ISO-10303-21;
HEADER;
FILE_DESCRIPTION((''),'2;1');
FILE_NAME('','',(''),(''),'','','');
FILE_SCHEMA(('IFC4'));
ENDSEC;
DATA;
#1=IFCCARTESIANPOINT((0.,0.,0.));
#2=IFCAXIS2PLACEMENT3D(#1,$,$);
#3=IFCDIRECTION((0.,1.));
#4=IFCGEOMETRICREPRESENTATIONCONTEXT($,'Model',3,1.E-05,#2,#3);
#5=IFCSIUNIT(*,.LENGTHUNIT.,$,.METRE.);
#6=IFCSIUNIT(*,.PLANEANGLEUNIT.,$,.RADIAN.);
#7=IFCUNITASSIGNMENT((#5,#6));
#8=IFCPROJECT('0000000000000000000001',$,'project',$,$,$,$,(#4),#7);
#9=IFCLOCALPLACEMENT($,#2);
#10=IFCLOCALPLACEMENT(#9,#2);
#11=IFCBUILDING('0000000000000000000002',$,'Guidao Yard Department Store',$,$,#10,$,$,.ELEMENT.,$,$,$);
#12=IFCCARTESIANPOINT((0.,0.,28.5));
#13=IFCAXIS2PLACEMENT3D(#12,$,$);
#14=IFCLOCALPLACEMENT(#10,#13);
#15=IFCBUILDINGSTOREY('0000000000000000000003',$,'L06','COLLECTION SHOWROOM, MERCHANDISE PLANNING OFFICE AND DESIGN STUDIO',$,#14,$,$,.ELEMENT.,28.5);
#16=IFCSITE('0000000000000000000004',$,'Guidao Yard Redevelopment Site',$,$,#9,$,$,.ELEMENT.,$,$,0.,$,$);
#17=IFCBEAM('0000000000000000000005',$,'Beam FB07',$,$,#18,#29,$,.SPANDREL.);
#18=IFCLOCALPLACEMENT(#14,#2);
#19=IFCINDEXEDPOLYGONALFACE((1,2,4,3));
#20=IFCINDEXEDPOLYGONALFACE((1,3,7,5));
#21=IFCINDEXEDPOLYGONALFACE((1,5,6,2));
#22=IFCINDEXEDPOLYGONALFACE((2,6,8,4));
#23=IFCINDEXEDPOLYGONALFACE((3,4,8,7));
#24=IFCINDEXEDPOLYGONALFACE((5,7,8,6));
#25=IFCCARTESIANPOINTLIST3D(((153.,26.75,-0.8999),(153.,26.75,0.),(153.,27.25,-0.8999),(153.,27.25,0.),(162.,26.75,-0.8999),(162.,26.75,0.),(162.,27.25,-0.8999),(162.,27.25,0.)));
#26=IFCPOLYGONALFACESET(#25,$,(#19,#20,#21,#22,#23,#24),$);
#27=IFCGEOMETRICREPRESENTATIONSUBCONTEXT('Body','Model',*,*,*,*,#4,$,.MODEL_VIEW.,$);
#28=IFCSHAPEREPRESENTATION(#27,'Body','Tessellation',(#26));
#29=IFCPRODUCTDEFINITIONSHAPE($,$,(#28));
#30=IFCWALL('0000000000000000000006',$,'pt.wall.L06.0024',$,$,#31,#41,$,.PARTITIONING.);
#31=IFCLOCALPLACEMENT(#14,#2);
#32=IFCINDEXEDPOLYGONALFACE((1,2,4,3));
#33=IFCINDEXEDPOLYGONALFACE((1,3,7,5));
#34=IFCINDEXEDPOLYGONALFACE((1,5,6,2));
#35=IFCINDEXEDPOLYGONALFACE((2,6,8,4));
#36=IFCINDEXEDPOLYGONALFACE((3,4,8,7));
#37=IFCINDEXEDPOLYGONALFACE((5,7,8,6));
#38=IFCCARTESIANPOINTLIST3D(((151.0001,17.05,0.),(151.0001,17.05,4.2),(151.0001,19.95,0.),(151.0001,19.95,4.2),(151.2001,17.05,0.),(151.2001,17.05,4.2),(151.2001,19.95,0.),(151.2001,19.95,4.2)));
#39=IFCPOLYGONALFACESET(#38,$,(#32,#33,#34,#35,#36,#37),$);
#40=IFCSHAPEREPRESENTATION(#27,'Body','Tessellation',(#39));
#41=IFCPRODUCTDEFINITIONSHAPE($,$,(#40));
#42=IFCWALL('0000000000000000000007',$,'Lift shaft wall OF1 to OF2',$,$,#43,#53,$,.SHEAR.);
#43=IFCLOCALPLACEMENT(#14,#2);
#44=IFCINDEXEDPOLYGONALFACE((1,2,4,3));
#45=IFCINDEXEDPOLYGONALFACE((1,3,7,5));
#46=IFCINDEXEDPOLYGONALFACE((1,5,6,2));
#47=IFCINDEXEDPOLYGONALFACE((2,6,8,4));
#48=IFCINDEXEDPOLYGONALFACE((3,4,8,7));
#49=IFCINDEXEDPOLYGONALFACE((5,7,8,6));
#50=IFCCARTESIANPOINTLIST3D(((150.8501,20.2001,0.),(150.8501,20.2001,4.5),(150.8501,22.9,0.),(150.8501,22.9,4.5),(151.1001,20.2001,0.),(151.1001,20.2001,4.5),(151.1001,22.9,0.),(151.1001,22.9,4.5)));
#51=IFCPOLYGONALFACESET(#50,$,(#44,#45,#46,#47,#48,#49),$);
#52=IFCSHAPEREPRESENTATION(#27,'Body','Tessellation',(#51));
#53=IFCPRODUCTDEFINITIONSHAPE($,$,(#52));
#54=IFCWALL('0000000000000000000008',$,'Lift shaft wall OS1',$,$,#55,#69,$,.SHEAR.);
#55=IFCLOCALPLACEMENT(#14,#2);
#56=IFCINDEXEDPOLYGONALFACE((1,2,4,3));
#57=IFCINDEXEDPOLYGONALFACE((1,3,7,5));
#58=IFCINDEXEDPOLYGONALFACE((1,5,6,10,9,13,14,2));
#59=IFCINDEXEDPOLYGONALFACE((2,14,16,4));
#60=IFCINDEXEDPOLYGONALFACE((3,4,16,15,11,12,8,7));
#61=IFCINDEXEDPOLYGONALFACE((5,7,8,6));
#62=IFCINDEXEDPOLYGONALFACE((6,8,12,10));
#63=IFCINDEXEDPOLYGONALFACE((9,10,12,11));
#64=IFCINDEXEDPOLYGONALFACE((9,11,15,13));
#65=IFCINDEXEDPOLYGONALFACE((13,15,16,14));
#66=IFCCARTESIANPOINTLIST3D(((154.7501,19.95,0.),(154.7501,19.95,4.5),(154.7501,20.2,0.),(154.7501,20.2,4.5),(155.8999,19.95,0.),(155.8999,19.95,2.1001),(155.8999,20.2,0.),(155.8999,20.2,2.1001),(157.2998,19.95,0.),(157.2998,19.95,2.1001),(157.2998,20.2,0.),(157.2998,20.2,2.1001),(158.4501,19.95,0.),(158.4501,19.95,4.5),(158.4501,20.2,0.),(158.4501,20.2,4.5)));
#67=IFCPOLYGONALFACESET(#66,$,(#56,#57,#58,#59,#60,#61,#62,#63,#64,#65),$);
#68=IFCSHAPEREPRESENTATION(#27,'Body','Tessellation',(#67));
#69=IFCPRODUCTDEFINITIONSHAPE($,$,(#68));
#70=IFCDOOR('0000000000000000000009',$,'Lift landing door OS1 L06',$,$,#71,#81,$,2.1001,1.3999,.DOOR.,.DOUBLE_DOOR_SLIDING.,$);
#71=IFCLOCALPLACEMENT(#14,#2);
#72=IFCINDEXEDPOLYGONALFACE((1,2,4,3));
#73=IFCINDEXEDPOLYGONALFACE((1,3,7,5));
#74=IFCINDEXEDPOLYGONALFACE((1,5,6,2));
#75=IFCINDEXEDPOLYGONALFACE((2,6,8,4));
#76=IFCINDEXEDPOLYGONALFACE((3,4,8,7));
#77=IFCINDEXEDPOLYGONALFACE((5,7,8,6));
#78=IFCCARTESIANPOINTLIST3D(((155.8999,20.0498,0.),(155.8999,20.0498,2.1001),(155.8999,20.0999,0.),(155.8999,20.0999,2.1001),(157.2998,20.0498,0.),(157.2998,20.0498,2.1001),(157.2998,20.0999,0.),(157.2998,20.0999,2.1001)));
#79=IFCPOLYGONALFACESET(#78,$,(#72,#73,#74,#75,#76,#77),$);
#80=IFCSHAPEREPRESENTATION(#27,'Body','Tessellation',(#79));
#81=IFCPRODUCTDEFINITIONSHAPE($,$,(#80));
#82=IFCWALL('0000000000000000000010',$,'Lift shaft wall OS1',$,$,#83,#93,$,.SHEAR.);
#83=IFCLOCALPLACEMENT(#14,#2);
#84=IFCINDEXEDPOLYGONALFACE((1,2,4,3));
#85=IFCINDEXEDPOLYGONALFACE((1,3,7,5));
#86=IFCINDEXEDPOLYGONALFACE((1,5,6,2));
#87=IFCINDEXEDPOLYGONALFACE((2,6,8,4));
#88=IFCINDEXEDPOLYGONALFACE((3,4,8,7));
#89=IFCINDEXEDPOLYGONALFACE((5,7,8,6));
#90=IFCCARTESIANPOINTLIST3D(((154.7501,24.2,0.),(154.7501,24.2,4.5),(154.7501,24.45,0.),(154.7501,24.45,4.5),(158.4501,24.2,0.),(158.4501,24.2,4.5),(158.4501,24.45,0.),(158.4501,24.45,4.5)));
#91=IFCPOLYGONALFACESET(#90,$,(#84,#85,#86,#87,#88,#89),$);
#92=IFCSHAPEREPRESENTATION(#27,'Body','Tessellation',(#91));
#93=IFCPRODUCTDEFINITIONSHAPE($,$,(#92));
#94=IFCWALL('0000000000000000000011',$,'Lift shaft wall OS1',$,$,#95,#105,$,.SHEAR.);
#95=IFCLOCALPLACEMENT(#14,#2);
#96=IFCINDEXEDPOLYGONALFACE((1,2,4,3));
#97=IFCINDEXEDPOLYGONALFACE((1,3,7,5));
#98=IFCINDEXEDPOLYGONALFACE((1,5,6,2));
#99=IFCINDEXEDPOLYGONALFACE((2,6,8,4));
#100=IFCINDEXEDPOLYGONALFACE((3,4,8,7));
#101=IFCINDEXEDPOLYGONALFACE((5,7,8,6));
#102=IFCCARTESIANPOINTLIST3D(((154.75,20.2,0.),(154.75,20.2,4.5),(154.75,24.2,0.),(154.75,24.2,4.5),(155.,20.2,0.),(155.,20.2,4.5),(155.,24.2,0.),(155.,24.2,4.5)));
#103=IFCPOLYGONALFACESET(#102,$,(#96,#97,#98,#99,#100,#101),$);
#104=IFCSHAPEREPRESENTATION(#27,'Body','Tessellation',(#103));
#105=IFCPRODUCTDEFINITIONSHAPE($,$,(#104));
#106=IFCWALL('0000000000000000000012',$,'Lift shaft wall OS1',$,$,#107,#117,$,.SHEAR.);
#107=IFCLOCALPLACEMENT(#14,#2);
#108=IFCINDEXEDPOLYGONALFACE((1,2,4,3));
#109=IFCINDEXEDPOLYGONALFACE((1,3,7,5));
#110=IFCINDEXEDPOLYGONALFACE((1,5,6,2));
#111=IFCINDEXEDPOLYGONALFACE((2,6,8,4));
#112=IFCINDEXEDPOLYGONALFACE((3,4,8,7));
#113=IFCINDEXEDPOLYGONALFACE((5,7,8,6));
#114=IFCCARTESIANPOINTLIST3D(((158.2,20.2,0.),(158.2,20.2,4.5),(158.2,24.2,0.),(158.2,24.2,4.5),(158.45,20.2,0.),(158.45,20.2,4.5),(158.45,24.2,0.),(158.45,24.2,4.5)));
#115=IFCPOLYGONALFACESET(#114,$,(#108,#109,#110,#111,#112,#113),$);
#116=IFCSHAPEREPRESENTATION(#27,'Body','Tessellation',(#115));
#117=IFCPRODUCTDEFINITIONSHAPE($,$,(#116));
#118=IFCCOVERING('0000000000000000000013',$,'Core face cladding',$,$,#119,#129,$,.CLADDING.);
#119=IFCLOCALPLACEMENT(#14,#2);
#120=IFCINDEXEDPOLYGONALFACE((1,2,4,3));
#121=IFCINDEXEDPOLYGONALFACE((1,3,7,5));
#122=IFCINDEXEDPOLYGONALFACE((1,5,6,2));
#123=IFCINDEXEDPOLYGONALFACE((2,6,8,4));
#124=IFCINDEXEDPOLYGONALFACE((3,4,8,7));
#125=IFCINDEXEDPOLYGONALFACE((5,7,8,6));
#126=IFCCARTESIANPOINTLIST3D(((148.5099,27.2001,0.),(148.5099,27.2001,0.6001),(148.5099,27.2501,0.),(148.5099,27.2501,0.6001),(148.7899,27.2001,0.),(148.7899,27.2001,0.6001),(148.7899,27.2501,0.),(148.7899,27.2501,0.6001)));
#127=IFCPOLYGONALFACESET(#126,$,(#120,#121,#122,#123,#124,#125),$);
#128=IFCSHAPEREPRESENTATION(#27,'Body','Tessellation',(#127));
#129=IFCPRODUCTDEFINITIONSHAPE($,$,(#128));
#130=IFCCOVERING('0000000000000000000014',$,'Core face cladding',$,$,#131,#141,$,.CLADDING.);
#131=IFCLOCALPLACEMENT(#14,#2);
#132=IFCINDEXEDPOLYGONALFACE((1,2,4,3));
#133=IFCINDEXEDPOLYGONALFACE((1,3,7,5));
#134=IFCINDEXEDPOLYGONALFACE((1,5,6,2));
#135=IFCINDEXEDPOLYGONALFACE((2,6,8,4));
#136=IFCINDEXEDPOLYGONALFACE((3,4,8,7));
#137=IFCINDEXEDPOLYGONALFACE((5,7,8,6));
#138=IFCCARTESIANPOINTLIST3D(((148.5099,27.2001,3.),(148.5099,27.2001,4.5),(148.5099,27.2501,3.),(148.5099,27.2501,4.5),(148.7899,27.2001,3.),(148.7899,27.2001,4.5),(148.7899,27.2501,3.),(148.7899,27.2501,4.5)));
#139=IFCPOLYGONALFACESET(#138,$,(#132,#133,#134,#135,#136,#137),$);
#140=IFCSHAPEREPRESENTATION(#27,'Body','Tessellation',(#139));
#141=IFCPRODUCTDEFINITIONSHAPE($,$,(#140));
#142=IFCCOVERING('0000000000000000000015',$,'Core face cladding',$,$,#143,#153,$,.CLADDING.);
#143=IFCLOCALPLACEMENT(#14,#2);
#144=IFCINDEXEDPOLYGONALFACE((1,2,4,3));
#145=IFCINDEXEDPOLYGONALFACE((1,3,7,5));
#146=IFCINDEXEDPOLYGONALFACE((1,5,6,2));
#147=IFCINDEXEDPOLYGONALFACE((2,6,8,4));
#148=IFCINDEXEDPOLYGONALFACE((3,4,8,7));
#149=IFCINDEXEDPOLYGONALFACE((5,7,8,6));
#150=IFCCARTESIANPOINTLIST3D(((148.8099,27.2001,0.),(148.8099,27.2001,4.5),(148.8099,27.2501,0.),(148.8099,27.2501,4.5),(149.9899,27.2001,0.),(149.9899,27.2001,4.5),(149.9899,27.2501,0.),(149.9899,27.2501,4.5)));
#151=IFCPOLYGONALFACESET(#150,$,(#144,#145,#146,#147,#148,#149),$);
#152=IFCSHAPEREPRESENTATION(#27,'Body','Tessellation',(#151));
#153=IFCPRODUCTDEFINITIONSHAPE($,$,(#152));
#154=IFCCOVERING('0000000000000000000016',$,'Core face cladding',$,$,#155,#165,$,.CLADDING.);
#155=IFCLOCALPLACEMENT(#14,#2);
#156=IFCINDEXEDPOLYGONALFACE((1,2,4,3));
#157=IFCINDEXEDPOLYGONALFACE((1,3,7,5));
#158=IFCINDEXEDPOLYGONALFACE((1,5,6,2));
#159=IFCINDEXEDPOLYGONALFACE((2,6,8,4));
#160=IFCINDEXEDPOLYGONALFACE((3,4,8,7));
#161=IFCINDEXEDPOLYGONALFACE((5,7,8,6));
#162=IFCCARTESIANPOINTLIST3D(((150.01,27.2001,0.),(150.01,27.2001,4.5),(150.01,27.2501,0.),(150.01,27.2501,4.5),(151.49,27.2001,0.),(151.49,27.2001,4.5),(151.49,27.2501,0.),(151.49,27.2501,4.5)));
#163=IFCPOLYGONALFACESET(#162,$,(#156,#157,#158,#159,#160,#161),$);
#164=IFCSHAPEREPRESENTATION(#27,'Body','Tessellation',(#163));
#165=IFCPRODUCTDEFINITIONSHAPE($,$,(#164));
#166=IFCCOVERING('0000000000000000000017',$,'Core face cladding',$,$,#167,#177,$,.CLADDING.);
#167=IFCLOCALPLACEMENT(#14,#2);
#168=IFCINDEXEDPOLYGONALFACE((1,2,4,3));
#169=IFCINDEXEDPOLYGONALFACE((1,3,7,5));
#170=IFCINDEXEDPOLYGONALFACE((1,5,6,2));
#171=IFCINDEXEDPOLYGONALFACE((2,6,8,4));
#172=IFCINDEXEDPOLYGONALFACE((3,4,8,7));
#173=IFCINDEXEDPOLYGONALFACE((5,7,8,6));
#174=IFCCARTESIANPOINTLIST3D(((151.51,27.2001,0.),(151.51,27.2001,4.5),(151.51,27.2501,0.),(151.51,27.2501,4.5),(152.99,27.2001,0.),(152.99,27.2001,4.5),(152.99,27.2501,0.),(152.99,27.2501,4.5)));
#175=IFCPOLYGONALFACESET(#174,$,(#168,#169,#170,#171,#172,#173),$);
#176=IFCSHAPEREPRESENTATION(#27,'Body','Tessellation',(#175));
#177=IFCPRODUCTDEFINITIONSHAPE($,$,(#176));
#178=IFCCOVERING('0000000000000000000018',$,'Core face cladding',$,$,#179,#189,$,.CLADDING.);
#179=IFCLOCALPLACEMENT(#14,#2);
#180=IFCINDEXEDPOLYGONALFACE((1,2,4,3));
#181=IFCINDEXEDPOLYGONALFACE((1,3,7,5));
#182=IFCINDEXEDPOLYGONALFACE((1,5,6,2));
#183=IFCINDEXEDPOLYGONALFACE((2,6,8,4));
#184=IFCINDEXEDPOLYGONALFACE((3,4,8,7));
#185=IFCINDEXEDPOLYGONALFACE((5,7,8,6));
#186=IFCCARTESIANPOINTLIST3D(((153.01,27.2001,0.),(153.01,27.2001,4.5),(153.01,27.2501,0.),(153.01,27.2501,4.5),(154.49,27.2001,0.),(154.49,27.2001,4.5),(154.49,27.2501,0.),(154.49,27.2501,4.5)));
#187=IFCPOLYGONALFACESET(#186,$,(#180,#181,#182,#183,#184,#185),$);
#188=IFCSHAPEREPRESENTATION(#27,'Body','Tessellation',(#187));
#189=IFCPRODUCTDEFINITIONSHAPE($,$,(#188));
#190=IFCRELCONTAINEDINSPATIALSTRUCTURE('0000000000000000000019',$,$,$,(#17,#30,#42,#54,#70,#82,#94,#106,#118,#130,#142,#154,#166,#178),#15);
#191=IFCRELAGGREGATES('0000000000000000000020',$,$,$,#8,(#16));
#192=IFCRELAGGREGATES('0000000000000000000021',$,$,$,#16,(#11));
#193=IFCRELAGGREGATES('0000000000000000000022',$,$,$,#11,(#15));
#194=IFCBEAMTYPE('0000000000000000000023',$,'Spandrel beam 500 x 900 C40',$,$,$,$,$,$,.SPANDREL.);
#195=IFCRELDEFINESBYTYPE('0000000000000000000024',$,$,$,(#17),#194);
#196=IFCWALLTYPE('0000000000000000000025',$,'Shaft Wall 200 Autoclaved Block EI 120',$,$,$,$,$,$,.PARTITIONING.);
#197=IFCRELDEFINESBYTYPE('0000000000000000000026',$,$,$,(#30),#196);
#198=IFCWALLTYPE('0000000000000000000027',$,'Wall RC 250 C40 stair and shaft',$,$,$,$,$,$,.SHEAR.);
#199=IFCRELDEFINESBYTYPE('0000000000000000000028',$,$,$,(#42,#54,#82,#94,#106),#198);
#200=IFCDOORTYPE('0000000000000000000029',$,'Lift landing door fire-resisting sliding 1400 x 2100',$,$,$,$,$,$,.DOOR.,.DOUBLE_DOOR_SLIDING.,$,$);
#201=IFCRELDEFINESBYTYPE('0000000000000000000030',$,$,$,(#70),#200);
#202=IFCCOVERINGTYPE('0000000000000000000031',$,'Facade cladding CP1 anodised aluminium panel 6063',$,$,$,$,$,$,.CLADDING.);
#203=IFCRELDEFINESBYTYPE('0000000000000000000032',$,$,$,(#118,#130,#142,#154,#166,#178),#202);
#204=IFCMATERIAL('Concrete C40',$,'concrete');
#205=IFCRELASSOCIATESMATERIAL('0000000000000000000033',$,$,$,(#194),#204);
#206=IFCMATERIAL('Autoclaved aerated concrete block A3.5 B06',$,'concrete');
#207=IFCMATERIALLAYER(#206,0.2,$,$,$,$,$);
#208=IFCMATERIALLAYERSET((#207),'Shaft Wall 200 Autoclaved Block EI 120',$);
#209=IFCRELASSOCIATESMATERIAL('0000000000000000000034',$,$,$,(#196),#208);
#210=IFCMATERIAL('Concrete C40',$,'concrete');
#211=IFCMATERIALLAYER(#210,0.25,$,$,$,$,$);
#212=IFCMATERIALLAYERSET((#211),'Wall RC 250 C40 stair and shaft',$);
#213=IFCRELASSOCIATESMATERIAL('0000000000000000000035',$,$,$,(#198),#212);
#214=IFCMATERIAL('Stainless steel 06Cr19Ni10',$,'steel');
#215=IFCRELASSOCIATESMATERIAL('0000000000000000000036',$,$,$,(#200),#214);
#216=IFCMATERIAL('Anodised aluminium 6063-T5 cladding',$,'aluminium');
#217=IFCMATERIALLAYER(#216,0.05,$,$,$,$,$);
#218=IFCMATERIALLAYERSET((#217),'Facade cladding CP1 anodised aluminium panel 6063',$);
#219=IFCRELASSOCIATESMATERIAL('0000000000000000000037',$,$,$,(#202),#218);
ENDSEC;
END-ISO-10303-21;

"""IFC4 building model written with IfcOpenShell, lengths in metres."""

from ifc_helpers import new_model, si_unit, direction, frame, frame_2d, origin, origin_2d, place, context, subcontext, project, spatial, rectangle, extrude, material, layer, layer_set, material_profile, profile_set, type_object, element, fill, save


model = new_model("IFC4")

# Units and contexts
model_context = context("Model", 3, precision=1e-05, world=origin(), true_north=direction((0.0, 1.0)))
body_context = subcontext(model_context, "Body", "Model", "MODEL_VIEW")
ifc_project = project(units=[si_unit("LENGTHUNIT", "METRE"), si_unit("PLANEANGLEUNIT", "RADIAN")], contexts=[model_context])

# Site, building, storey
site_placement = place(None, origin())
site = spatial("IfcSite", under=ifc_project, at=site_placement, Name="Guidao Yard Redevelopment Site", CompositionType="ELEMENT", RefElevation=0.0)
building_placement = place(site_placement, origin())
building = spatial("IfcBuilding", under=site, at=building_placement, Name="Guidao Yard Department Store", CompositionType="ELEMENT")
storey_placement = place(building_placement, frame((0.0, 0.0, 28.5)))
storey = spatial("IfcBuildingStorey", under=building, at=storey_placement, Name="L06", Description="COLLECTION SHOWROOM, MERCHANDISE PLANNING OFFICE AND DESIGN STUDIO", CompositionType="ELEMENT", Elevation=28.5)

# Beam
ifc_material_1 = material(Name="Concrete C40", Category="concrete")
ifc_material_profile = material_profile(ifc_material_1, rectangle(XDim=0.5, YDim=0.8999, at=origin_2d()), Name="Spandrel beam 500 x 900 C40")
ifc_profile_set = profile_set([ifc_material_profile], Name="Concrete C40")
beam_type = type_object("IfcBeamType", Name="Spandrel beam 500 x 900 C40", PredefinedType="SPANDREL", material=ifc_profile_set)
beam_placement = place(storey_placement, frame((153.0, 27.0, -0.45), z_axis=(1.0, 0.0, 0.0), x_axis=(0.0, 1.0, 0.0)))
element("IfcBeam", 1, at=beam_placement, inside=storey, type_object=beam_type, Name="Beam FB07", PredefinedType="SPANDREL", context=body_context, shape_type="SweptSolid", body=[
    extrude(rectangle(XDim=0.5, YDim=0.8999, at=origin_2d()), origin(), (0.0, 0.0, 1.0), 9.0),
])

# Walls
ifc_material_2 = material(Name="Autoclaved aerated concrete block A3.5 B06", Category="concrete")
ifc_layer_1 = layer(ifc_material_2, 0.2)
ifc_layer_set_1 = layer_set([ifc_layer_1], Name="Shaft Wall 200 Autoclaved Block EI 120")
wall_type_1 = type_object("IfcWallType", Name="Shaft Wall 200 Autoclaved Block EI 120", PredefinedType="PARTITIONING", material=ifc_layer_set_1)
wall_1_placement = place(storey_placement, frame((151.1001, 17.05, 0.0), z_axis=(0.0, 0.0, 1.0), x_axis=(0.0, 1.0, 0.0)))
element("IfcWall", 2, at=wall_1_placement, inside=storey, type_object=wall_type_1, Name="pt.wall.L06.0024", PredefinedType="PARTITIONING", context=body_context, shape_type="SweptSolid", body=[
    extrude(rectangle(XDim=2.8999, YDim=0.2, at=frame_2d((1.45, 0.0))), origin(), (0.0, 0.0, 1.0), 4.2),
])
ifc_material_3 = material(Name="Concrete C40", Category="concrete")
ifc_layer_2 = layer(ifc_material_3, 0.25)
ifc_layer_set_2 = layer_set([ifc_layer_2], Name="Wall RC 250 C40 stair and shaft")
wall_type_2 = type_object("IfcWallType", Name="Wall RC 250 C40 stair and shaft", PredefinedType="SHEAR", material=ifc_layer_set_2)
wall_2_placement = place(storey_placement, frame((150.9751, 20.2, 0.0), z_axis=(0.0, 0.0, 1.0), x_axis=(0.0, 1.0, 0.0)))
element("IfcWall", 3, at=wall_2_placement, inside=storey, type_object=wall_type_2, Name="Lift shaft wall OF1 to OF2", PredefinedType="SHEAR", context=body_context, shape_type="SweptSolid", body=[
    extrude(rectangle(XDim=2.7, YDim=0.25, at=frame_2d((1.3501, 0.0))), origin(), (0.0, 0.0, 1.0), 4.5),
])

# Wall, opening, door
wall_3_placement = place(storey_placement, frame((154.75, 20.075, 0.0), z_axis=(0.0, 0.0, 1.0), x_axis=(1.0, 0.0, 0.0)))
wall_3 = element("IfcWall", 4, at=wall_3_placement, inside=storey, type_object=wall_type_2, Name="Lift shaft wall OS1", PredefinedType="SHEAR", context=body_context, shape_type="SweptSolid", body=[
    extrude(rectangle(XDim=3.7, YDim=0.25, at=frame_2d((1.8501, 0.0))), origin(), (0.0, 0.0, 1.0), 4.5),
])
opening_placement = place(wall_3_placement, frame((1.1499, 0.0, 0.0)))
opening = element("IfcOpeningElement", 5, at=opening_placement, cuts=wall_3, PredefinedType="OPENING", context=body_context, shape_type="SweptSolid", body=[
    extrude(rectangle(XDim=1.3999, YDim=2.1001, at=frame_2d((0.7, 1.05))), frame((0.0, 0.135, 0.0), z_axis=(0.0, -1.0, 0.0), x_axis=(1.0, 0.0, 0.0)), (0.0, 0.0, 1.0), 0.27),
])
ifc_material_4 = material(Name="Stainless steel 06Cr19Ni10", Category="steel")
door_type = type_object("IfcDoorType", Name="Lift landing door fire-resisting sliding 1400 x 2100", OperationType="DOUBLE_DOOR_SLIDING", PredefinedType="DOOR", material=ifc_material_4)
door_placement = place(opening_placement, origin())
door = element("IfcDoor", 6, at=door_placement, inside=storey, type_object=door_type, Name="Lift landing door OS1 L06", OperationType="DOUBLE_DOOR_SLIDING", OverallHeight=2.1001, OverallWidth=1.3999, PredefinedType="DOOR", context=body_context, shape_type="SweptSolid", body=[
    extrude(rectangle(XDim=1.3999, YDim=2.1001, at=frame_2d((0.7, 1.05))), frame((0.0, 0.0249, 0.0), z_axis=(0.0, -1.0, 0.0), x_axis=(1.0, 0.0, 0.0)), (0.0, 0.0, 1.0), 0.05),
])
fill(opening, door)

# Walls
wall_4_placement = place(storey_placement, frame((154.75, 24.325, 0.0), z_axis=(0.0, 0.0, 1.0), x_axis=(1.0, 0.0, 0.0)))
element("IfcWall", 7, at=wall_4_placement, inside=storey, type_object=wall_type_2, Name="Lift shaft wall OS1", PredefinedType="SHEAR", context=body_context, shape_type="SweptSolid", body=[
    extrude(rectangle(XDim=3.7, YDim=0.25, at=frame_2d((1.8501, 0.0))), origin(), (0.0, 0.0, 1.0), 4.5),
])
for number, where, z_axis, x_axis, name in (
    (8, (154.875, 20.2, 0.0), (0.0, 0.0, 1.0), (0.0, 1.0, 0.0), "Lift shaft wall OS1"),
    (9, (158.325, 20.2, 0.0), (0.0, 0.0, 1.0), (0.0, 1.0, 0.0), "Lift shaft wall OS1"),
):
    element("IfcWall", number, at=place(storey_placement, frame(where, z_axis=z_axis, x_axis=x_axis)), inside=storey, type_object=wall_type_2, Name=name, PredefinedType="SHEAR", context=body_context, shape_type="SweptSolid", body=[
        extrude(rectangle(XDim=4.0, YDim=0.25, at=frame_2d((2.0, 0.0))), origin(), (0.0, 0.0, 1.0), 4.5),
    ])

# Coverings
ifc_material_5 = material(Name="Anodised aluminium 6063-T5 cladding", Category="aluminium")
ifc_layer_3 = layer(ifc_material_5, 0.05)
ifc_layer_set_3 = layer_set([ifc_layer_3], Name="Facade cladding CP1 anodised aluminium panel 6063")
covering_type = type_object("IfcCoveringType", Name="Facade cladding CP1 anodised aluminium panel 6063", PredefinedType="CLADDING", material=ifc_layer_set_3)
covering_1_placement = place(storey_placement, frame((148.6499, 27.2251, 0.0), z_axis=(0.0, 0.0, 1.0), x_axis=(1.0, 0.0, 0.0)))
element("IfcCovering", 10, at=covering_1_placement, inside=storey, type_object=covering_type, Name="Core face cladding", PredefinedType="CLADDING", context=body_context, shape_type="SweptSolid", body=[
    extrude(rectangle(XDim=0.28, YDim=0.05, at=origin_2d()), origin(), (0.0, 0.0, 1.0), 0.6001),
])
covering_2_placement = place(storey_placement, frame((148.6499, 27.2251, 3.0), z_axis=(0.0, 0.0, 1.0), x_axis=(1.0, 0.0, 0.0)))
element("IfcCovering", 11, at=covering_2_placement, inside=storey, type_object=covering_type, Name="Core face cladding", PredefinedType="CLADDING", context=body_context, shape_type="SweptSolid", body=[
    extrude(rectangle(XDim=0.28, YDim=0.05, at=origin_2d()), origin(), (0.0, 0.0, 1.0), 1.5),
])
covering_3_placement = place(storey_placement, frame((149.3999, 27.2251, 0.0), z_axis=(0.0, 0.0, 1.0), x_axis=(1.0, 0.0, 0.0)))
element("IfcCovering", 12, at=covering_3_placement, inside=storey, type_object=covering_type, Name="Core face cladding", PredefinedType="CLADDING", context=body_context, shape_type="SweptSolid", body=[
    extrude(rectangle(XDim=1.1799, YDim=0.05, at=origin_2d()), origin(), (0.0, 0.0, 1.0), 4.5),
])
for number, where, z_axis, x_axis, name in (
    (13, (150.75, 27.2251, 0.0), (0.0, 0.0, 1.0), (1.0, 0.0, 0.0), "Core face cladding"),
    (14, (152.25, 27.2251, 0.0), (0.0, 0.0, 1.0), (1.0, 0.0, 0.0), "Core face cladding"),
    (15, (153.75, 27.2251, 0.0), (0.0, 0.0, 1.0), (1.0, 0.0, 0.0), "Core face cladding"),
):
    element("IfcCovering", number, at=place(storey_placement, frame(where, z_axis=z_axis, x_axis=x_axis)), inside=storey, type_object=covering_type, Name=name, PredefinedType="CLADDING", context=body_context, shape_type="SweptSolid", body=[
        extrude(rectangle(XDim=1.48, YDim=0.05, at=origin_2d()), origin(), (0.0, 0.0, 1.0), 4.5),
    ])

save(model, "model.ifc")
